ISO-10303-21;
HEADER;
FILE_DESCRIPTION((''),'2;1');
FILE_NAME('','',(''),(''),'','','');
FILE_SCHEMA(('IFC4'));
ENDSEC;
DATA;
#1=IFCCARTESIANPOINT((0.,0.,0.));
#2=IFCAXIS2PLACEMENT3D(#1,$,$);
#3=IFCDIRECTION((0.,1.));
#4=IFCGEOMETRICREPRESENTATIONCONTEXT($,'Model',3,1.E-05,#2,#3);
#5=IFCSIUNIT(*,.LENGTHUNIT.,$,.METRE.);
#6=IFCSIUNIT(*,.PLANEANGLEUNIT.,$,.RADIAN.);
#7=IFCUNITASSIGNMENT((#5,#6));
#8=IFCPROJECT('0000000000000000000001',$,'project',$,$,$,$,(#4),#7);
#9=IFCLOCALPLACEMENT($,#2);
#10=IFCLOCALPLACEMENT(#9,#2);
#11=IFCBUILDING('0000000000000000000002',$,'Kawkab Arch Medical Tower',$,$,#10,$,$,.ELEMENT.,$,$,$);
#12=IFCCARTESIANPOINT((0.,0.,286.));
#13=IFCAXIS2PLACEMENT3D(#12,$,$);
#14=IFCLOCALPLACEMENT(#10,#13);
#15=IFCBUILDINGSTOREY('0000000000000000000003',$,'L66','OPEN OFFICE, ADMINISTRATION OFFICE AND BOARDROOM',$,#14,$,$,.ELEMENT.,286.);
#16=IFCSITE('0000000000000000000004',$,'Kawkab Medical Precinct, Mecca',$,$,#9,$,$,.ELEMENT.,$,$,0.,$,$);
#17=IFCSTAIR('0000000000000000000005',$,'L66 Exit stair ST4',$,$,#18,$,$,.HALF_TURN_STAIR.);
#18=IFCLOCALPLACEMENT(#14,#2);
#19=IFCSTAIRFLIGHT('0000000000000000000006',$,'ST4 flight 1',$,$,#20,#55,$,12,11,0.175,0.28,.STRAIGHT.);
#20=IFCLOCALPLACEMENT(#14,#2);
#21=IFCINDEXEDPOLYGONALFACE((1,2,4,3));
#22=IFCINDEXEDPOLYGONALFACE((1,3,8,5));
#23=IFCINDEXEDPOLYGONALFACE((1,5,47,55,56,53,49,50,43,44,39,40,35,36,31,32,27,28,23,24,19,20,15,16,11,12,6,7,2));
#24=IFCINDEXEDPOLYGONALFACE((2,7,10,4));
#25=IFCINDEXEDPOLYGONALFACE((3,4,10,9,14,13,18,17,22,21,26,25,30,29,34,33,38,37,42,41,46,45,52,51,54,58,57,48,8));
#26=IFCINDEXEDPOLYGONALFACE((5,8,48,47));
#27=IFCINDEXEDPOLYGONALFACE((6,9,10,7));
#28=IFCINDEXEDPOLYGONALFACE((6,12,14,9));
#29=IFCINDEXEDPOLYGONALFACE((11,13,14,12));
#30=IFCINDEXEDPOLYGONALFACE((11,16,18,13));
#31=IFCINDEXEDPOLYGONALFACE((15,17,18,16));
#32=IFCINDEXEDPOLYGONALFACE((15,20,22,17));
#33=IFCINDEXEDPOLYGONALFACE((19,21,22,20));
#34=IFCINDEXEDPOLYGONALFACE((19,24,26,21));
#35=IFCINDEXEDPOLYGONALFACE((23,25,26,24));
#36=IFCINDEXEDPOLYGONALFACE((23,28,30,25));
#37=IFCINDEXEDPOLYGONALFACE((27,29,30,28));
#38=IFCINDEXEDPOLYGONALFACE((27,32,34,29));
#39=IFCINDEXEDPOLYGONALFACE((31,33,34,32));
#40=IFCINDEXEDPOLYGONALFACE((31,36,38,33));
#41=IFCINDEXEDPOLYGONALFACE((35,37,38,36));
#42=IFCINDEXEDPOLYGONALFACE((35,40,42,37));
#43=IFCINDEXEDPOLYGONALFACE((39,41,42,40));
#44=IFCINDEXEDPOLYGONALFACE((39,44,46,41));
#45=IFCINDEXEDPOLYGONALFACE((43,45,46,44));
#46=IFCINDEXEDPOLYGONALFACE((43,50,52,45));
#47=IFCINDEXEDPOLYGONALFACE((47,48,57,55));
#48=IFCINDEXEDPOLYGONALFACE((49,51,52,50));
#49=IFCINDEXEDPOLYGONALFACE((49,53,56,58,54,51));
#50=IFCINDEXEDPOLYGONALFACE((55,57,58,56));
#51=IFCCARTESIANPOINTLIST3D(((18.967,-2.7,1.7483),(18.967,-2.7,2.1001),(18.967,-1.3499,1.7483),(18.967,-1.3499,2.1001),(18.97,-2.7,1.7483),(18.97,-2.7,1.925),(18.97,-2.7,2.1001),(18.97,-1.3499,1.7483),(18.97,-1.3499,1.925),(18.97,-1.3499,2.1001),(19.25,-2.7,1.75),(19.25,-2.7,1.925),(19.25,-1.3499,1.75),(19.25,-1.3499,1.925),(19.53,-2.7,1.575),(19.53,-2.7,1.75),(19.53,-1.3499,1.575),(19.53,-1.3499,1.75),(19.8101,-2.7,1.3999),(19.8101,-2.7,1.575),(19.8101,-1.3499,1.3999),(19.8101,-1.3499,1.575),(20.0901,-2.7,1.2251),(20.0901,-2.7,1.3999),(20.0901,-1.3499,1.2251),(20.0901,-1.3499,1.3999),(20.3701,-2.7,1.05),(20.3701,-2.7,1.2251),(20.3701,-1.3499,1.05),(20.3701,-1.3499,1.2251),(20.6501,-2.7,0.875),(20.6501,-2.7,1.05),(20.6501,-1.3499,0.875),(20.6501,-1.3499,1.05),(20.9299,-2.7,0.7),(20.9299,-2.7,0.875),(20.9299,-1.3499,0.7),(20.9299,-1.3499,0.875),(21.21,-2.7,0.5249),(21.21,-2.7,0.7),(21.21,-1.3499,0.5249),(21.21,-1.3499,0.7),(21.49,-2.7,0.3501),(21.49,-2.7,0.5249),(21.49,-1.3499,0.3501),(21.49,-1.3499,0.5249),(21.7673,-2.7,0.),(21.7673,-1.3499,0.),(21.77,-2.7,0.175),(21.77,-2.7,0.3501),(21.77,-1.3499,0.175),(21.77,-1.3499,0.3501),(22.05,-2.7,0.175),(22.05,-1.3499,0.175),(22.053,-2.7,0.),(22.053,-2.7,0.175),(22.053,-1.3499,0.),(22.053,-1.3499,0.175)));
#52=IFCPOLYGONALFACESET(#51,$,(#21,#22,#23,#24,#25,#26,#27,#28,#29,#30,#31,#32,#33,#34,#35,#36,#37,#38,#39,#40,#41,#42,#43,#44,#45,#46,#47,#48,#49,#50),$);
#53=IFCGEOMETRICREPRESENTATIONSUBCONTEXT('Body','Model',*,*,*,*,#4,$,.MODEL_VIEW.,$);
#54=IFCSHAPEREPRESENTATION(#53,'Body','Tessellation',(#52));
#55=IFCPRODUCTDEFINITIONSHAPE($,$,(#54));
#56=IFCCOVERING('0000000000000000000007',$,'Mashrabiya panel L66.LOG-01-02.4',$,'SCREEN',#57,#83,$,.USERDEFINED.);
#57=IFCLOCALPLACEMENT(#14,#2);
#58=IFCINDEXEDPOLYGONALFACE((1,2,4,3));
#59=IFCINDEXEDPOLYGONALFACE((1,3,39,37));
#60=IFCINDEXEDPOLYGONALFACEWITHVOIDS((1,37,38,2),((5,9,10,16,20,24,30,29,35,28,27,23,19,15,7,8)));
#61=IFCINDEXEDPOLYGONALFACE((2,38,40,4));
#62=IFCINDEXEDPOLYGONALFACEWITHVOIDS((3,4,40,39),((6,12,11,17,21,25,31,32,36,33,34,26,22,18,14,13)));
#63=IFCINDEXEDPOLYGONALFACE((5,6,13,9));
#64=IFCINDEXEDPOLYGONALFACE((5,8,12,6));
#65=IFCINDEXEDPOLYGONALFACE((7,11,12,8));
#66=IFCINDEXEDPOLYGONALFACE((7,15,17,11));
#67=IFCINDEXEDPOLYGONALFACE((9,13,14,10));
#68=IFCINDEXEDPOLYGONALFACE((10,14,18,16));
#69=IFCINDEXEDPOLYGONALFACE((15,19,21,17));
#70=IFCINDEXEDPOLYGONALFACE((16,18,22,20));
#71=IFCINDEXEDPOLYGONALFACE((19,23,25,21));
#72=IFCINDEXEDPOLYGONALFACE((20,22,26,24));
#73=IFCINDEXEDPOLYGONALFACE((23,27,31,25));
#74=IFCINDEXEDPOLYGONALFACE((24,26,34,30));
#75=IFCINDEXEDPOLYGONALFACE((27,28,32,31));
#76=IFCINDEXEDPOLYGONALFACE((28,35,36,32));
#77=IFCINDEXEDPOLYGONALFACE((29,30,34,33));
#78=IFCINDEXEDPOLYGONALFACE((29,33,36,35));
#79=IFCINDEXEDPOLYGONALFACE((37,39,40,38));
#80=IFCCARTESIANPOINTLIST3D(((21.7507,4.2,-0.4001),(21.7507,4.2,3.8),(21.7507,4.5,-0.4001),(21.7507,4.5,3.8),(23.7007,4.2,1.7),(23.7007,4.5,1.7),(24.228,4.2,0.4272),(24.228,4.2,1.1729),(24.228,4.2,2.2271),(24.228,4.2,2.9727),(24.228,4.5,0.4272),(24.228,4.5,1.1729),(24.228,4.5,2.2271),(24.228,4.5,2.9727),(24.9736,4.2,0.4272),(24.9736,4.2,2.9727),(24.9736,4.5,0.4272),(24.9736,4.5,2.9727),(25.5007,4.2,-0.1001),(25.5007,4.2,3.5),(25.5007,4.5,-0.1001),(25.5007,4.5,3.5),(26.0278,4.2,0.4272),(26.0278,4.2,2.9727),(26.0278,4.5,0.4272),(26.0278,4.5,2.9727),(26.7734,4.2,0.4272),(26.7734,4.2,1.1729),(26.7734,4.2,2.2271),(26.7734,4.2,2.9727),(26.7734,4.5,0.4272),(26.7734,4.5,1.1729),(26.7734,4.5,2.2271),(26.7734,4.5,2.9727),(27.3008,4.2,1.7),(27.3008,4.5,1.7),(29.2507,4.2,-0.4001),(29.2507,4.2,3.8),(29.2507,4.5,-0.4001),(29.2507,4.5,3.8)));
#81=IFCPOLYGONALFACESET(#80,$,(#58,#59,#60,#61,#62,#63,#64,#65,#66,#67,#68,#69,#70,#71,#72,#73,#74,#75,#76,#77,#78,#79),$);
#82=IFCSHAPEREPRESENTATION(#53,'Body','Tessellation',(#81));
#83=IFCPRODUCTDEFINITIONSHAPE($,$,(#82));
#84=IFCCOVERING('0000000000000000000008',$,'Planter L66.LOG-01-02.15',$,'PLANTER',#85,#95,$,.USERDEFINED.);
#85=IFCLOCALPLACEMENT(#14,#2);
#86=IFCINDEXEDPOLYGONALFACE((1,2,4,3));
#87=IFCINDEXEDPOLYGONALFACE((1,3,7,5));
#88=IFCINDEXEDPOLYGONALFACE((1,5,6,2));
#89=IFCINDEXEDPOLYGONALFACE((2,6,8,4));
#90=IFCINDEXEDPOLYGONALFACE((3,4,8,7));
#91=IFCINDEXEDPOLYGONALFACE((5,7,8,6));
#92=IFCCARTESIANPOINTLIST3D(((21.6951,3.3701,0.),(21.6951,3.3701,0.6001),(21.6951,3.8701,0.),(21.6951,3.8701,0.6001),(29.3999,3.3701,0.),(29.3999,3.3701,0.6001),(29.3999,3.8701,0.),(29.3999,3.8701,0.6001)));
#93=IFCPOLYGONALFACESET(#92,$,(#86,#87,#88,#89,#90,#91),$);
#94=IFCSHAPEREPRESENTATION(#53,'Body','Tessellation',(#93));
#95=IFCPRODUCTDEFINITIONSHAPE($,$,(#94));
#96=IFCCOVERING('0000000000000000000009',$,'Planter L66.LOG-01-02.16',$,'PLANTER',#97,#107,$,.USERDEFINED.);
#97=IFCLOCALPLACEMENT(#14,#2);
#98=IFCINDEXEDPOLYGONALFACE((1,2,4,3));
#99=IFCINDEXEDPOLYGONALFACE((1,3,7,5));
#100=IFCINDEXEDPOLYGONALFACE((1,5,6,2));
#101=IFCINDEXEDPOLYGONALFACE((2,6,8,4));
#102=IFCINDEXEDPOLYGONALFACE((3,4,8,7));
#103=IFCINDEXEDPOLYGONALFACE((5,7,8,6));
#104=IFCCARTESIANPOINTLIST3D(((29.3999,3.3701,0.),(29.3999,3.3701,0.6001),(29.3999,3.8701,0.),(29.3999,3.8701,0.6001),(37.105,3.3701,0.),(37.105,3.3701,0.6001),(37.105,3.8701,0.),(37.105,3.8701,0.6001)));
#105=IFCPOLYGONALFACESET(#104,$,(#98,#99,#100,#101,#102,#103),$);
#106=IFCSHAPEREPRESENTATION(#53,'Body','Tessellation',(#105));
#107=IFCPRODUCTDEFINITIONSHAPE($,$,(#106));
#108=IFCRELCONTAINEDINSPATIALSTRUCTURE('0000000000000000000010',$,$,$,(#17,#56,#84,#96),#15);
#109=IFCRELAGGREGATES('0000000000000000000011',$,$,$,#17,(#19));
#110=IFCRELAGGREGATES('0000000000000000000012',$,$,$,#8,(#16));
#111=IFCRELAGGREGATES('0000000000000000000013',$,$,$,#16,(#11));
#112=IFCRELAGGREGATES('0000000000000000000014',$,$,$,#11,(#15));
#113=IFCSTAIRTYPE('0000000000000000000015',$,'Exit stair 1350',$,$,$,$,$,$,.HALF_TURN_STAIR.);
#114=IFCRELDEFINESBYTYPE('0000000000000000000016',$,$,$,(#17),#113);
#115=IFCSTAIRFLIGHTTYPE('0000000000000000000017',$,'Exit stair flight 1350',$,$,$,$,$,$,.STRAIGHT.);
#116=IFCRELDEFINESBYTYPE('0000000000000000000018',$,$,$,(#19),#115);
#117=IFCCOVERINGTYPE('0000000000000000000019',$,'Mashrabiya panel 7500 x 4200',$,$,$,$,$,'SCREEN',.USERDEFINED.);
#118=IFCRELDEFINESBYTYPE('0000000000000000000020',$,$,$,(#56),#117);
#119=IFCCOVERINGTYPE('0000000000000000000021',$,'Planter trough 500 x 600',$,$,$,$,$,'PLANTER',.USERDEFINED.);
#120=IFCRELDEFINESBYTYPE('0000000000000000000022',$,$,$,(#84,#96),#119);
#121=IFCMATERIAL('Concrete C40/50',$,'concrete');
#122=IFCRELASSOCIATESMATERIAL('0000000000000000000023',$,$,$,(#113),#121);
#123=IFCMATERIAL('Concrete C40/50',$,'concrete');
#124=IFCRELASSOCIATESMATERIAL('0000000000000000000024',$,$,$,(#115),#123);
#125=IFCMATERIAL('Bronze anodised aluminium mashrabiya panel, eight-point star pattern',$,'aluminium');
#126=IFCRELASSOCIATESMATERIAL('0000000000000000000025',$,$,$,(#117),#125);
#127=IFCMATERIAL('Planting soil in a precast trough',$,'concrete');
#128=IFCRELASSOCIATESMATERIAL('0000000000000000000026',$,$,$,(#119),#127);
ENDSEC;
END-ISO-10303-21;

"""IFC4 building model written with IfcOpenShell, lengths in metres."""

from ifc_helpers import new_model, si_unit, direction, frame, origin, origin_2d, place, context, subcontext, project, spatial, polyline, rectangle, outline, extrude, material, material_profile, profile_set, type_object, element, aggregate, save


model = new_model("IFC4")

# Units and contexts
model_context = context("Model", 3, precision=1e-05, world=origin(), true_north=direction((0.0, 1.0)))
body_context = subcontext(model_context, "Body", "Model", "MODEL_VIEW")
ifc_project = project(units=[si_unit("LENGTHUNIT", "METRE"), si_unit("PLANEANGLEUNIT", "RADIAN")], contexts=[model_context])

# Site, building, storey
site_placement = place(None, origin())
site = spatial("IfcSite", under=ifc_project, at=site_placement, Name="Kawkab Medical Precinct, Mecca", CompositionType="ELEMENT", RefElevation=0.0)
building_placement = place(site_placement, origin())
building = spatial("IfcBuilding", under=site, at=building_placement, Name="Kawkab Arch Medical Tower", CompositionType="ELEMENT")
storey_placement = place(building_placement, frame((0.0, 0.0, 286.0)))
storey = spatial("IfcBuildingStorey", under=building, at=storey_placement, Name="L66", Description="OPEN OFFICE, ADMINISTRATION OFFICE AND BOARDROOM", CompositionType="ELEMENT", Elevation=286.0)

# Shared definitions
placement = place(storey_placement, origin())

# Stair, stair flight
ifc_material_1 = material(Name="Concrete C40/50", Category="concrete")
stair_type = type_object("IfcStairType", Name="Exit stair 1350", PredefinedType="HALF_TURN_STAIR", material=ifc_material_1)
stair = element("IfcStair", 1, at=placement, inside=storey, type_object=stair_type, Name="L66 Exit stair ST4", PredefinedType="HALF_TURN_STAIR")
ifc_material_2 = material(Name="Concrete C40/50", Category="concrete")
stair_flight_type = type_object("IfcStairFlightType", Name="Exit stair flight 1350", PredefinedType="STRAIGHT", material=ifc_material_2)
stair_flight_placement = place(storey_placement, frame((22.05, -2.0249, 0.0), z_axis=(0.0, 0.0, 1.0), x_axis=(-1.0, 0.0, 0.0)))
stair_flight = element("IfcStairFlight", 2, at=stair_flight_placement, type_object=stair_flight_type, Name="ST4 flight 1", NumberOfRisers=12, NumberOfTreads=11, PredefinedType="STRAIGHT", RiserHeight=0.175, TreadLength=0.28, context=body_context, shape_type="SweptSolid", body=[
    extrude(outline(polyline([(-0.0029, 0.0), (-0.0029, 0.175), (0.0, 0.175), (0.28, 0.175), (0.28, 0.3501), (0.5601, 0.3501), (0.5601, 0.5249), (0.8401, 0.5249), (0.8401, 0.7), (1.1201, 0.7), (1.1201, 0.875), (1.3999, 0.875), (1.3999, 1.05), (1.6799, 1.05), (1.6799, 1.2251), (1.96, 1.2251), (1.96, 1.3999), (2.24, 1.3999), (2.24, 1.575), (2.52, 1.575), (2.52, 1.75), (2.8, 1.75), (2.8, 1.925), (3.0801, 1.925), (3.0801, 2.1001), (3.083, 2.1001), (3.083, 1.7483), (3.0801, 1.7483), (0.2827, 0.0), (-0.0029, 0.0)])), frame((0.0, 0.675, 0.0), z_axis=(0.0, -1.0, 0.0), x_axis=(1.0, 0.0, 0.0)), (0.0, 0.0, 1.0), 1.3501),
])
aggregate(stair, [stair_flight])

# Coverings
ifc_material_3 = material(Name="Bronze anodised aluminium mashrabiya panel, eight-point star pattern", Category="aluminium")
ifc_material_profile_1 = material_profile(ifc_material_3, outline(polyline([(-3.75, -2.1001), (3.75, -2.1001), (3.75, 2.1001), (-3.75, 2.1001), (-3.75, -2.1001)]), holes=[polyline([(1.8, 0.0), (1.2727, 0.5271), (1.2727, 1.2727), (0.5271, 1.2727), (0.0, 1.8), (-0.5271, 1.2727), (-1.2727, 1.2727), (-1.2727, 0.5271), (-1.8, 0.0), (-1.2727, -0.5271), (-1.2727, -1.2727), (-0.5271, -1.2727), (0.0, -1.8), (0.5271, -1.2727), (1.2727, -1.2727), (1.2727, -0.5271), (1.8, 0.0)])]), Name="Mashrabiya panel 7500x4200")
ifc_profile_set_1 = profile_set([ifc_material_profile_1], Name="Bronze anodised aluminium mashrabiya panel, eight-point star pattern")
covering_type_1 = type_object("IfcCoveringType", Name="Mashrabiya panel 7500 x 4200", ElementType="SCREEN", PredefinedType="USERDEFINED", material=ifc_profile_set_1)
covering_1_placement = place(storey_placement, frame((25.5007, 4.2, 1.7), z_axis=(0.0, 1.0, 0.0), x_axis=(-1.0, 0.0, 0.0)))
element("IfcCovering", 3, at=covering_1_placement, inside=storey, type_object=covering_type_1, Name="Mashrabiya panel L66.LOG-01-02.4", ObjectType="SCREEN", PredefinedType="USERDEFINED", context=body_context, shape_type="SweptSolid", body=[
    extrude(outline(polyline([(-3.75, -2.1001), (3.75, -2.1001), (3.75, 2.1001), (-3.75, 2.1001), (-3.75, -2.1001)]), holes=[polyline([(1.8, 0.0), (1.2727, 0.5271), (1.2727, 1.2727), (0.5271, 1.2727), (0.0, 1.8), (-0.5271, 1.2727), (-1.2727, 1.2727), (-1.2727, 0.5271), (-1.8, 0.0), (-1.2727, -0.5271), (-1.2727, -1.2727), (-0.5271, -1.2727), (0.0, -1.8), (0.5271, -1.2727), (1.2727, -1.2727), (1.2727, -0.5271), (1.8, 0.0)])]), origin(), (0.0, 0.0, 1.0), 0.3),
])
ifc_material_4 = material(Name="Planting soil in a precast trough", Category="concrete")
ifc_material_profile_2 = material_profile(ifc_material_4, rectangle(XDim=0.5, YDim=0.6001, at=origin_2d()), Name="Trough 500x600")
ifc_profile_set_2 = profile_set([ifc_material_profile_2], Name="Planting soil in a precast trough")
covering_type_2 = type_object("IfcCoveringType", Name="Planter trough 500 x 600", ElementType="PLANTER", PredefinedType="USERDEFINED", material=ifc_profile_set_2)
covering_2_placement = place(storey_placement, frame((21.6951, 3.6201, 0.3), z_axis=(1.0, 0.0, 0.0), x_axis=(0.0, 1.0, 0.0)))
element("IfcCovering", 4, at=covering_2_placement, inside=storey, type_object=covering_type_2, Name="Planter L66.LOG-01-02.15", ObjectType="PLANTER", PredefinedType="USERDEFINED", context=body_context, shape_type="SweptSolid", body=[
    extrude(rectangle(XDim=0.5, YDim=0.6001, at=origin_2d()), origin(), (0.0, 0.0, 1.0), 7.7048),
])
covering_3_placement = place(storey_placement, frame((29.3999, 3.6201, 0.3), z_axis=(1.0, 0.0, 0.0), x_axis=(0.0, 1.0, 0.0)))
element("IfcCovering", 5, at=covering_3_placement, inside=storey, type_object=covering_type_2, Name="Planter L66.LOG-01-02.16", ObjectType="PLANTER", PredefinedType="USERDEFINED", context=body_context, shape_type="SweptSolid", body=[
    extrude(rectangle(XDim=0.5, YDim=0.6001, at=origin_2d()), origin(), (0.0, 0.0, 1.0), 7.7051),
])

save(model, "model.ifc")
